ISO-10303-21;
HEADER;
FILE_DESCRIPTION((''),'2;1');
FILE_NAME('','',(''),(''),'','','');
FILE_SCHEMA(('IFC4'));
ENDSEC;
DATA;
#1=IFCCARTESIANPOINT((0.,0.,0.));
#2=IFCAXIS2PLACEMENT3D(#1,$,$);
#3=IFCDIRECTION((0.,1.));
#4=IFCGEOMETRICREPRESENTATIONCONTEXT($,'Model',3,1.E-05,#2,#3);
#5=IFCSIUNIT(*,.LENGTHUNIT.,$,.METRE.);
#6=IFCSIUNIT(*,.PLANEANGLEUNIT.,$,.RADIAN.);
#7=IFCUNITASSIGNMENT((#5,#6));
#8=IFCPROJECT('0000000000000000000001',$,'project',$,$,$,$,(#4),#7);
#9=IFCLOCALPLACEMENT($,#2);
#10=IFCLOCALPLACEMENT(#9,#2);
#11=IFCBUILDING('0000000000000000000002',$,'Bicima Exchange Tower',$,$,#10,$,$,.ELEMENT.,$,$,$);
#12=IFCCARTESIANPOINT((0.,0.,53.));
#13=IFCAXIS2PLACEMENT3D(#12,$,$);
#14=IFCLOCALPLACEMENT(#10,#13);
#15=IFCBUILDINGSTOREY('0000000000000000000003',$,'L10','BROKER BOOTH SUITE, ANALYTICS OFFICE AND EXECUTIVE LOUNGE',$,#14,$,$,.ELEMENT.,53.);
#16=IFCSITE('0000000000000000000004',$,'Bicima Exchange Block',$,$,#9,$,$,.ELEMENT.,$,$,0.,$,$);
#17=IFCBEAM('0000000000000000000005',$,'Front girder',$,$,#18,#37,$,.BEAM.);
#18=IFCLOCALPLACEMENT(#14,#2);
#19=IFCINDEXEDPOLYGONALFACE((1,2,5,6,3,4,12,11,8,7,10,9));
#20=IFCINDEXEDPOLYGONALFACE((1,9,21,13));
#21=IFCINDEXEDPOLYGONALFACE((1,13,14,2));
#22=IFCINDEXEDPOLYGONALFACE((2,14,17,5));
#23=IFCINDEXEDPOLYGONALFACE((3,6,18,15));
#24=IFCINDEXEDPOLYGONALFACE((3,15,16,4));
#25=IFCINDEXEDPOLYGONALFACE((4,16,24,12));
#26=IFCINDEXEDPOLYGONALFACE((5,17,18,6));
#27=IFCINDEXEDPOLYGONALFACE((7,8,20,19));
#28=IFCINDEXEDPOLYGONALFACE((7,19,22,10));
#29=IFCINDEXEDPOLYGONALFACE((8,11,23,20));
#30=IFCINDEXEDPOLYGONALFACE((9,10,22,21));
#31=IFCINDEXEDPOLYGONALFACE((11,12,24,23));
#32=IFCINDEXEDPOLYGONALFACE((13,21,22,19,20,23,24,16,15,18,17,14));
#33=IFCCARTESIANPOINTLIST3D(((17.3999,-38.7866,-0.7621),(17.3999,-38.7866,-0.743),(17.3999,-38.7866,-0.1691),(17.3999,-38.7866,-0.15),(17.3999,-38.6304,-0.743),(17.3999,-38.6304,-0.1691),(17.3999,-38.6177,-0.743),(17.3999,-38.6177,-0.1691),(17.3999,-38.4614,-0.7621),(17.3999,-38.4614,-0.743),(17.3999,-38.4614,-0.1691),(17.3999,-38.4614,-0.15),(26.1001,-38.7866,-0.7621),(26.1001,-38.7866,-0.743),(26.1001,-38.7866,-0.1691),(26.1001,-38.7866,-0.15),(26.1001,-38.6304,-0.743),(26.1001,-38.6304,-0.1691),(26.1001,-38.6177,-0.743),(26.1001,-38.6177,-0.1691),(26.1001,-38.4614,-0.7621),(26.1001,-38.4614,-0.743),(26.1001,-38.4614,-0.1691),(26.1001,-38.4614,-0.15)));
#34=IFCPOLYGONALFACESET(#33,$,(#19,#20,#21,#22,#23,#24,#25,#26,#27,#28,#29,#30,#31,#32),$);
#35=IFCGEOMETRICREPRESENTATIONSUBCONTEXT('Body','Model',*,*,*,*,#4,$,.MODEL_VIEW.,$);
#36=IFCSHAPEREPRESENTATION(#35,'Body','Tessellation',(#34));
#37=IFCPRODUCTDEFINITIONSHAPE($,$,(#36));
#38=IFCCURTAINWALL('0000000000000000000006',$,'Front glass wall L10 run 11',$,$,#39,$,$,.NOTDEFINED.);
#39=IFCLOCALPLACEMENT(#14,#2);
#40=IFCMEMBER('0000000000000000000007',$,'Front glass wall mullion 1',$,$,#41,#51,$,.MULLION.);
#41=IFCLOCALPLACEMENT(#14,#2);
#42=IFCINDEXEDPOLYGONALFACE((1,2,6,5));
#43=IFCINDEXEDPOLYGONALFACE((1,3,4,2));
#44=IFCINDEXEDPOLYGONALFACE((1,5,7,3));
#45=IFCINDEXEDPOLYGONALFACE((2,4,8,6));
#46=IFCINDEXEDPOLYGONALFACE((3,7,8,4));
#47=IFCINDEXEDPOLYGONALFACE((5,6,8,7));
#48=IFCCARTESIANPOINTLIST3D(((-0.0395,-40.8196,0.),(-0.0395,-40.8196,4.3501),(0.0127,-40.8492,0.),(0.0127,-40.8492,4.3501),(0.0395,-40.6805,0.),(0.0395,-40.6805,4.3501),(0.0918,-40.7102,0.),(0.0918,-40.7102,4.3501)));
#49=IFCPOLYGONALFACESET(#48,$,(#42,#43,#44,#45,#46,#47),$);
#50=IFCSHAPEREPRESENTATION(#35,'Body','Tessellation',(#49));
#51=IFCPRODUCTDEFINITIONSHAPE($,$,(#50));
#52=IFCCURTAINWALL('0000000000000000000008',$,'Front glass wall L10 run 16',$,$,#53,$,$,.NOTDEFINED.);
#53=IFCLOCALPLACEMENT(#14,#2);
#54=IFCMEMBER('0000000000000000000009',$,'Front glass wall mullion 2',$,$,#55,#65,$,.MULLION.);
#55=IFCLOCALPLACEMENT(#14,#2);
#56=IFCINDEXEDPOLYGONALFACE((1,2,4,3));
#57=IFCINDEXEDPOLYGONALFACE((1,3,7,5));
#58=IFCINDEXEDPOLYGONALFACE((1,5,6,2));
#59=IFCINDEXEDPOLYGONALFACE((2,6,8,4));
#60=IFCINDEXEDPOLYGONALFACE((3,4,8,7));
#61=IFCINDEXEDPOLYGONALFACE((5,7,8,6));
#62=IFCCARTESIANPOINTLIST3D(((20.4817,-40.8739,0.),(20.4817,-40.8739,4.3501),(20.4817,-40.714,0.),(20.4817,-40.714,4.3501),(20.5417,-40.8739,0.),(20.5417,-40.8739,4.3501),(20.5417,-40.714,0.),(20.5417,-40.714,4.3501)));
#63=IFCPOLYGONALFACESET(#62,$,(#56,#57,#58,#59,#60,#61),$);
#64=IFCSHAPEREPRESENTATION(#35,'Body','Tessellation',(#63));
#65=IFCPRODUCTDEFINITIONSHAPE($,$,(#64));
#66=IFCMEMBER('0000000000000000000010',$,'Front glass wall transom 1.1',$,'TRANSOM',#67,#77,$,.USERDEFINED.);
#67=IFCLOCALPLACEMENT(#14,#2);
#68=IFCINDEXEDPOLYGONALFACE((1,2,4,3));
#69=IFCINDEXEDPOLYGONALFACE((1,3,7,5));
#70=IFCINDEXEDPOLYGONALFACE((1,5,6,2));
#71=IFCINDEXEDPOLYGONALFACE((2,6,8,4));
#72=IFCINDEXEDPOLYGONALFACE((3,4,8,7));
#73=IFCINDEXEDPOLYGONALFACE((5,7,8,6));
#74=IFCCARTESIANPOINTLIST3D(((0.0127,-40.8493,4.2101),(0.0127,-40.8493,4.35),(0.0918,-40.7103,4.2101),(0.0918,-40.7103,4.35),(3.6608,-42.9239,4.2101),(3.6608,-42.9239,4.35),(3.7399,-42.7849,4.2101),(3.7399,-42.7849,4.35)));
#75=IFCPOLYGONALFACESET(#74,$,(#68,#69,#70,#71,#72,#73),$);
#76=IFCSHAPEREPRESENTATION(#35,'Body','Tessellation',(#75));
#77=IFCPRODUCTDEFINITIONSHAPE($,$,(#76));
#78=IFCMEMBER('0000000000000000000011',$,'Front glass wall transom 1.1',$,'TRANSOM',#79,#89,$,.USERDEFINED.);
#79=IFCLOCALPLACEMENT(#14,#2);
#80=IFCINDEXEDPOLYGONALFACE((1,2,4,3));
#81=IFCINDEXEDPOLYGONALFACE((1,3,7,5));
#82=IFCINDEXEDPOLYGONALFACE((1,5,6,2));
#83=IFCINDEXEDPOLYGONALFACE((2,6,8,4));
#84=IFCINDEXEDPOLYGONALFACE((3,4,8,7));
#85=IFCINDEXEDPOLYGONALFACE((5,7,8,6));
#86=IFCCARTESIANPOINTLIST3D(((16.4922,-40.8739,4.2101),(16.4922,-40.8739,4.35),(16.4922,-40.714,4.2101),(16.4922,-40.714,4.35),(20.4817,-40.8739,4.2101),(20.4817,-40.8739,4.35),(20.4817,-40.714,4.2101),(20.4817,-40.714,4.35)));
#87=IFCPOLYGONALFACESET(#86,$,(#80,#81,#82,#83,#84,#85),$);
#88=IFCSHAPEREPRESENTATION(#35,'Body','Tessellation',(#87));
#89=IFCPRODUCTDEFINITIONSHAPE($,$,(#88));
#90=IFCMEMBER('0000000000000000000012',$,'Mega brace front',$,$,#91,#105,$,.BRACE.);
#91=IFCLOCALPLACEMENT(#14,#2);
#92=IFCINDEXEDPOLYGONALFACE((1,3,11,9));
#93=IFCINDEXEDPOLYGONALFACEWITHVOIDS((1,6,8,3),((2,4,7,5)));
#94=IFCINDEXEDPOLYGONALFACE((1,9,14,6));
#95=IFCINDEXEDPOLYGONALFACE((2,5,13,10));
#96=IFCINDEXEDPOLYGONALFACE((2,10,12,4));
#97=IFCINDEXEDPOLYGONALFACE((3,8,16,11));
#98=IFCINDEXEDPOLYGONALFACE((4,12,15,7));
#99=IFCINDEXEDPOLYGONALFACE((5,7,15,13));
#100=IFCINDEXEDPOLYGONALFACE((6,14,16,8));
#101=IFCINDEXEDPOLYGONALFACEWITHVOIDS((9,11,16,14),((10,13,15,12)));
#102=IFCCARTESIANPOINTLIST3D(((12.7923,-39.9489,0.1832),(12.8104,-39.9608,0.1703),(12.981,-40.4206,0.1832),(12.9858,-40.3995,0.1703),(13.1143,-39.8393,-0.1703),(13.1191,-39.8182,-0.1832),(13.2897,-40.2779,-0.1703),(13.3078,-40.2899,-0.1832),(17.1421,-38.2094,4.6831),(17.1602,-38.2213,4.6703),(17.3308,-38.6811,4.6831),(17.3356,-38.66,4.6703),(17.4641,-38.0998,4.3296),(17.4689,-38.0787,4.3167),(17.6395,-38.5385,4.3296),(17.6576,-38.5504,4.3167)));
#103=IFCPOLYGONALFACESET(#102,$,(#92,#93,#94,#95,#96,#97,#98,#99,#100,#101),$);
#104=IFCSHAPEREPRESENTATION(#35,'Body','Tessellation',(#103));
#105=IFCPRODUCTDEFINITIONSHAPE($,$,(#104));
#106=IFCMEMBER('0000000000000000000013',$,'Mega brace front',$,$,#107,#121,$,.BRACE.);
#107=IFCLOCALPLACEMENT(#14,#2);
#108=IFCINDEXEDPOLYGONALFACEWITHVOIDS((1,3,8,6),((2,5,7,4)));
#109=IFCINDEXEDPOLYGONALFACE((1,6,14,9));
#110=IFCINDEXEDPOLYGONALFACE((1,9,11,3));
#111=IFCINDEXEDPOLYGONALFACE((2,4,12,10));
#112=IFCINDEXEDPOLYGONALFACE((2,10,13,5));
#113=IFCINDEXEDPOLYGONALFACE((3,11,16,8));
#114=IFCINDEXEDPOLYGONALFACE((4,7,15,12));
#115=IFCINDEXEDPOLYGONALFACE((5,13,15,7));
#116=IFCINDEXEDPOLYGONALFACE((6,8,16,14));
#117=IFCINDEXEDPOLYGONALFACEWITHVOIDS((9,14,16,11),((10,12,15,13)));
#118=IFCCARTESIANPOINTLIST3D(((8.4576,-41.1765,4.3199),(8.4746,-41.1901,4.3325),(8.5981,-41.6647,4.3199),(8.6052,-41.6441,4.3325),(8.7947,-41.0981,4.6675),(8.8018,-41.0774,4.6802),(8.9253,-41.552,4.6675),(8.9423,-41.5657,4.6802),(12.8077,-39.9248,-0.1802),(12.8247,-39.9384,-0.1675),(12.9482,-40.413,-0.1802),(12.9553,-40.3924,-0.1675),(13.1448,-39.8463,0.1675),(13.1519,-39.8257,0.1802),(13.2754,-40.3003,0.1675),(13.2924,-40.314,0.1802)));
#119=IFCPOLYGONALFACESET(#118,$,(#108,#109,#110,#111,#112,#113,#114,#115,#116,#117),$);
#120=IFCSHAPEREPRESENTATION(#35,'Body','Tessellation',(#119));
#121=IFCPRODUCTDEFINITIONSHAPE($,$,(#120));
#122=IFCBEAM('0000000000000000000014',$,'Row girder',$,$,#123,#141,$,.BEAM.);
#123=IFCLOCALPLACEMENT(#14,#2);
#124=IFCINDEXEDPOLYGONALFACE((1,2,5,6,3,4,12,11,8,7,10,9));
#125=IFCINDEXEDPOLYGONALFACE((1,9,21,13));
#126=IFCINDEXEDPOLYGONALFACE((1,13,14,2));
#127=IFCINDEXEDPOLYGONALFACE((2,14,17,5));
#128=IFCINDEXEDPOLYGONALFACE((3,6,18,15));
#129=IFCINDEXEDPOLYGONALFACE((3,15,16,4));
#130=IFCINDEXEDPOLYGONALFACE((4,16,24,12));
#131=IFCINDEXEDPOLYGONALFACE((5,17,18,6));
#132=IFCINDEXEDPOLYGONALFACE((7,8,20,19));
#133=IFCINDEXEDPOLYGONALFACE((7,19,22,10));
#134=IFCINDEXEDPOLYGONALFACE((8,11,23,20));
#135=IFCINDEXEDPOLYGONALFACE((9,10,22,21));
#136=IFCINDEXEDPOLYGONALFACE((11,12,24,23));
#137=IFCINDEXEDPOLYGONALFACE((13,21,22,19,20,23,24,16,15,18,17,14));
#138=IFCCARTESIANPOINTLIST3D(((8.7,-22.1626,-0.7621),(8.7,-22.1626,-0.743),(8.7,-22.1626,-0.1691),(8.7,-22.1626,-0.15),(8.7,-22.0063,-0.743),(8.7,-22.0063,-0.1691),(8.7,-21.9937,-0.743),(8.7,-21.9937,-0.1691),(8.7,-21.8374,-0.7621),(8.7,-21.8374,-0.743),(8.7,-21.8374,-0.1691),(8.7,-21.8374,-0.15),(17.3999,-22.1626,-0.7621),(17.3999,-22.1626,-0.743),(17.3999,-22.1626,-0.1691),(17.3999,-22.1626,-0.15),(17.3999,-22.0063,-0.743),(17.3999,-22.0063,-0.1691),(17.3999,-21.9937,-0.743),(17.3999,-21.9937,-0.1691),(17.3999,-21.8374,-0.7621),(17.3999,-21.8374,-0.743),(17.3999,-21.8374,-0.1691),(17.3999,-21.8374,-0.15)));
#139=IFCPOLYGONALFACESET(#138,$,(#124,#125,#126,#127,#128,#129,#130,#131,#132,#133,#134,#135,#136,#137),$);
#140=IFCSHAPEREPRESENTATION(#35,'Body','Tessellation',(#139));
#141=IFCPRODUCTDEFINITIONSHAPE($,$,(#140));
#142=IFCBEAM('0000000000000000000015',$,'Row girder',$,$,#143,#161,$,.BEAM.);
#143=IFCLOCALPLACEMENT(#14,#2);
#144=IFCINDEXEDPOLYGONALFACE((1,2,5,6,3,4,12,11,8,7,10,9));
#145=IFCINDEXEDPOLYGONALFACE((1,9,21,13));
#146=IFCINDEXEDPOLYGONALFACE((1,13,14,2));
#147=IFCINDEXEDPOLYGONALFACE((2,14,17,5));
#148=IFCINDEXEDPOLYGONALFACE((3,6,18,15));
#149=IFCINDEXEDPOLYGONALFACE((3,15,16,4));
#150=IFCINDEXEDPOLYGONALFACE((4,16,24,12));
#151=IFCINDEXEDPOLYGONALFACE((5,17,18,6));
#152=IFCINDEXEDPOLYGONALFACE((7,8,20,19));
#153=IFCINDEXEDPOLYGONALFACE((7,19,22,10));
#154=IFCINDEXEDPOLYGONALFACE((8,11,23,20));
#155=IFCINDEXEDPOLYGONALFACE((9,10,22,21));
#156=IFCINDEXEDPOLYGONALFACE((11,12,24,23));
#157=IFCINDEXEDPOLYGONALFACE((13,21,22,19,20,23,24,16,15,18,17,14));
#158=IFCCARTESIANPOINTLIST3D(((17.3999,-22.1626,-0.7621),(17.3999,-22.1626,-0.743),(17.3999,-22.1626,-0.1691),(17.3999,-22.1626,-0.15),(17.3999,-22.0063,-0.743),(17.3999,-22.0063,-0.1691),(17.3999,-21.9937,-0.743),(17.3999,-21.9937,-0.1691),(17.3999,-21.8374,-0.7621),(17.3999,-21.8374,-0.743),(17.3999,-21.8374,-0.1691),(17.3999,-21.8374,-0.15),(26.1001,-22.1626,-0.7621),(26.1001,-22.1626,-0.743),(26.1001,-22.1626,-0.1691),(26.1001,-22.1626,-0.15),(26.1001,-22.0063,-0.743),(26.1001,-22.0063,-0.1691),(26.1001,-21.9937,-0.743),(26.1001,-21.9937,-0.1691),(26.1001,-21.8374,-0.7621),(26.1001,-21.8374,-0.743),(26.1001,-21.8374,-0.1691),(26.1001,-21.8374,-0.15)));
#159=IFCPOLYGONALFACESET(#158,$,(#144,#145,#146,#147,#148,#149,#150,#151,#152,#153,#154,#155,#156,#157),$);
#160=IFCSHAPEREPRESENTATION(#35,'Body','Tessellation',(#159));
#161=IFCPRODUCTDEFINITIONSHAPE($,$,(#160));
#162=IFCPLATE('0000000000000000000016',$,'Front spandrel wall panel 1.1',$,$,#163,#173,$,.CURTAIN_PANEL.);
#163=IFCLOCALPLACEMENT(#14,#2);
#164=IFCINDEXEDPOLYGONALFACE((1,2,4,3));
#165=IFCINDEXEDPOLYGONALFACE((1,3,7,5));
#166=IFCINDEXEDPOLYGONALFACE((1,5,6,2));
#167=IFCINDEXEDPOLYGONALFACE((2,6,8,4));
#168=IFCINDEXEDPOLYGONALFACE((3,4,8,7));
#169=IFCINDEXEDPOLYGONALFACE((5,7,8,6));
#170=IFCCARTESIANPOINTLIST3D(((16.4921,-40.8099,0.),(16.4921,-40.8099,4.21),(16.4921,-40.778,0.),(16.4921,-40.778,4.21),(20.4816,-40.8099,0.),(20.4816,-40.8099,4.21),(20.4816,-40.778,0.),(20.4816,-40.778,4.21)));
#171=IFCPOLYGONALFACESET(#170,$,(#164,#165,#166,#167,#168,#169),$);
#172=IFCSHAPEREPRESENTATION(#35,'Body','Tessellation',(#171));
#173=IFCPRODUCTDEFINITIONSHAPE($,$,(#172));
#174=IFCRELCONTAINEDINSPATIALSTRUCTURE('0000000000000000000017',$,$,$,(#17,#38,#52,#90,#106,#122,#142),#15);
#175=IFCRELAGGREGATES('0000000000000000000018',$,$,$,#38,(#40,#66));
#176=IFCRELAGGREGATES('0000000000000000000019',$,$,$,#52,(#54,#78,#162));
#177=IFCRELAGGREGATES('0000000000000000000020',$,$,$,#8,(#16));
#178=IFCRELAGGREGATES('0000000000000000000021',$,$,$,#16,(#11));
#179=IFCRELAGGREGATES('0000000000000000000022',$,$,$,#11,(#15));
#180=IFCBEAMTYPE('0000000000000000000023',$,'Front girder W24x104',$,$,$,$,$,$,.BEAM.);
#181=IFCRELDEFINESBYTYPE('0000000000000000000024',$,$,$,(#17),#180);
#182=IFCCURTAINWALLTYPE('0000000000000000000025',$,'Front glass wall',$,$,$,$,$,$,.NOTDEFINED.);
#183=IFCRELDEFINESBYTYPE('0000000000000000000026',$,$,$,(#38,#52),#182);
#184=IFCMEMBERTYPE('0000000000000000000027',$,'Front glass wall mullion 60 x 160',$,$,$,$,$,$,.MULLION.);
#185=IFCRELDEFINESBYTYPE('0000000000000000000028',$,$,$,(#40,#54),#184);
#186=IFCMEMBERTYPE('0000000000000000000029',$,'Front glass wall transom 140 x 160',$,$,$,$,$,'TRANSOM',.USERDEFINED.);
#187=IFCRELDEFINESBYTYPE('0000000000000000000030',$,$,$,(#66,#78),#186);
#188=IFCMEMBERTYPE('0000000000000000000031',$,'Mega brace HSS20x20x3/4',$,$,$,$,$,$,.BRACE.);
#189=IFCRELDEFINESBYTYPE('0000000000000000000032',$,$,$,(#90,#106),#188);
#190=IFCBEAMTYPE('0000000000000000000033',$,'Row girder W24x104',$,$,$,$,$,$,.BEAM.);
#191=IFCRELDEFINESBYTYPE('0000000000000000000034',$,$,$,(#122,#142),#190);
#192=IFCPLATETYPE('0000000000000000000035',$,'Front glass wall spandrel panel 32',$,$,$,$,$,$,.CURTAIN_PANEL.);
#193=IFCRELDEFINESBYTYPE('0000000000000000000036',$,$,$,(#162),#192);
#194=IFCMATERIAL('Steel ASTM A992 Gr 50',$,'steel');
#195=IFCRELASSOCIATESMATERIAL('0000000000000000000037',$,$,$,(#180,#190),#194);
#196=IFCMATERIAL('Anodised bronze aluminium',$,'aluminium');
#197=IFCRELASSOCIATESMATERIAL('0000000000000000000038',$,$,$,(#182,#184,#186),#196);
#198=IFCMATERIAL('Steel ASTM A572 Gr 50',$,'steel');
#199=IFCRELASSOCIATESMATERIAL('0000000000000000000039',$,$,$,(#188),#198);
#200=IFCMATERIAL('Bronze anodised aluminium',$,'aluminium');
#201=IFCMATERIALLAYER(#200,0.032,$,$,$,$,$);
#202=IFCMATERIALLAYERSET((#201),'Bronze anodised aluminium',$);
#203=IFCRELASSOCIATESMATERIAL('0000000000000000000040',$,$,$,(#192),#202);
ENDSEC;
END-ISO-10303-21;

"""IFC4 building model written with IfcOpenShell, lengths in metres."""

from ifc_helpers import new_model, si_unit, direction, frame, origin, origin_2d, place, context, subcontext, project, spatial, rectangle, hollow_rectangle, i_section, extrude, material, layer, layer_set, material_profile, profile_set, type_object, element, aggregate, save


model = new_model("IFC4")

# Units and contexts
model_context = context("Model", 3, precision=1e-05, world=origin(), true_north=direction((0.0, 1.0)))
body_context = subcontext(model_context, "Body", "Model", "MODEL_VIEW")
ifc_project = project(units=[si_unit("LENGTHUNIT", "METRE"), si_unit("PLANEANGLEUNIT", "RADIAN")], contexts=[model_context])

# Site, building, storey
site_placement = place(None, origin())
site = spatial("IfcSite", under=ifc_project, at=site_placement, Name="Bicima Exchange Block", CompositionType="ELEMENT", RefElevation=0.0)
building_placement = place(site_placement, origin())
building = spatial("IfcBuilding", under=site, at=building_placement, Name="Bicima Exchange Tower", CompositionType="ELEMENT")
storey_placement = place(building_placement, frame((0.0, 0.0, 53.0)))
storey = spatial("IfcBuildingStorey", under=building, at=storey_placement, Name="L10", Description="BROKER BOOTH SUITE, ANALYTICS OFFICE AND EXECUTIVE LOUNGE", CompositionType="ELEMENT", Elevation=53.0)

# Shared definitions
ifc_material_1 = material(Name="Steel ASTM A992 Gr 50", Category="steel")

# Beam
ifc_material_profile_1 = material_profile(ifc_material_1, i_section(OverallWidth=0.3252, OverallDepth=0.6121, WebThickness=0.0127, FlangeThickness=0.019, at=origin_2d()))
ifc_profile_set_1 = profile_set([ifc_material_profile_1], Name="Steel ASTM A992 Gr 50")
beam_type_1 = type_object("IfcBeamType", Name="Front girder W24x104", PredefinedType="BEAM", material=ifc_profile_set_1)
beam_1_placement = place(storey_placement, frame((17.3999, -38.624, -0.4561), z_axis=(1.0, 0.0, 0.0), x_axis=(0.0, 1.0, 0.0)))
element("IfcBeam", 1, at=beam_1_placement, inside=storey, type_object=beam_type_1, Name="Front girder", PredefinedType="BEAM", context=body_context, shape_type="SweptSolid", body=[
    extrude(i_section(OverallWidth=0.3252, OverallDepth=0.6121, WebThickness=0.0127, FlangeThickness=0.019, at=origin_2d()), origin(), (0.0, 0.0, 1.0), 8.7002),
])

# Curtain walls, members
ifc_material_2 = material(Name="Anodised bronze aluminium", Category="aluminium")
curtain_wall_type = type_object("IfcCurtainWallType", Name="Front glass wall", PredefinedType="NOTDEFINED", material=ifc_material_2)
curtain_wall_1_placement = place(storey_placement, origin())
curtain_wall_1 = element("IfcCurtainWall", 2, at=curtain_wall_1_placement, inside=storey, type_object=curtain_wall_type, Name="Front glass wall L10 run 11", PredefinedType="NOTDEFINED")
ifc_material_profile_2 = material_profile(ifc_material_2, rectangle(XDim=0.1599, YDim=0.0601, at=origin_2d()))
ifc_profile_set_2 = profile_set([ifc_material_profile_2], Name="Anodised bronze aluminium")
member_type_1 = type_object("IfcMemberType", Name="Front glass wall mullion 60 x 160", PredefinedType="MULLION", material=ifc_profile_set_2)
member_1_placement = place(storey_placement, frame((0.0261, -40.7649, 0.0), z_axis=(0.0, 0.0, 1.0), x_axis=(0.49433, 0.869274, 0.0)))
member_1 = element("IfcMember", 3, at=member_1_placement, type_object=member_type_1, Name="Front glass wall mullion 1", PredefinedType="MULLION", context=body_context, shape_type="SweptSolid", body=[
    extrude(rectangle(XDim=0.1599, YDim=0.0601, at=origin_2d()), origin(), (0.0, 0.0, 1.0), 4.3501),
])
curtain_wall_2_placement = place(storey_placement, origin())
curtain_wall_2 = element("IfcCurtainWall", 4, at=curtain_wall_2_placement, inside=storey, type_object=curtain_wall_type, Name="Front glass wall L10 run 16", PredefinedType="NOTDEFINED")
member_2_placement = place(storey_placement, frame((20.5117, -40.7939, 0.0), z_axis=(0.0, 0.0, 1.0), x_axis=(0.0, 1.0, 0.0)))
member_2 = element("IfcMember", 5, at=member_2_placement, type_object=member_type_1, Name="Front glass wall mullion 2", PredefinedType="MULLION", context=body_context, shape_type="SweptSolid", body=[
    extrude(rectangle(XDim=0.1599, YDim=0.0601, at=origin_2d()), origin(), (0.0, 0.0, 1.0), 4.3501),
])

# Members
ifc_material_profile_3 = material_profile(ifc_material_2, rectangle(XDim=0.1599, YDim=0.1399, at=origin_2d()))
ifc_profile_set_3 = profile_set([ifc_material_profile_3], Name="Anodised bronze aluminium")
member_type_2 = type_object("IfcMemberType", Name="Front glass wall transom 140 x 160", ElementType="TRANSOM", PredefinedType="USERDEFINED", material=ifc_profile_set_3)
member_3_placement = place(storey_placement, frame((0.0522, -40.7798, 4.28), z_axis=(0.869265, -0.494346, 0.0), x_axis=(0.494346, 0.869265, 0.0)))
member_3 = element("IfcMember", 6, at=member_3_placement, type_object=member_type_2, Name="Front glass wall transom 1.1", ObjectType="TRANSOM", PredefinedType="USERDEFINED", context=body_context, shape_type="SweptSolid", body=[
    extrude(rectangle(XDim=0.1599, YDim=0.1399, at=origin_2d()), origin(), (0.0, 0.0, 1.0), 4.1968),
])
aggregate(curtain_wall_1, [member_1, member_3])
member_4_placement = place(storey_placement, frame((16.4922, -40.7939, 4.28), z_axis=(1.0, 0.0, 0.0), x_axis=(0.0, 1.0, 0.0)))
member_4 = element("IfcMember", 7, at=member_4_placement, type_object=member_type_2, Name="Front glass wall transom 1.1", ObjectType="TRANSOM", PredefinedType="USERDEFINED", context=body_context, shape_type="SweptSolid", body=[
    extrude(rectangle(XDim=0.1599, YDim=0.1399, at=origin_2d()), origin(), (0.0, 0.0, 1.0), 3.9895),
])

# Members
ifc_material_3 = material(Name="Steel ASTM A572 Gr 50", Category="steel")
ifc_material_profile_4 = material_profile(ifc_material_3, hollow_rectangle(XDim=0.5081, YDim=0.5081, WallThickness=0.0178, at=origin_2d()))
ifc_profile_set_4 = profile_set([ifc_material_profile_4], Name="Steel ASTM A572 Gr 50")
member_type_3 = type_object("IfcMemberType", Name="Mega brace HSS20x20x3/4", PredefinedType="BRACE", material=ifc_profile_set_4)
member_5_placement = place(storey_placement, frame((13.05, -40.1194, 0.0), z_axis=(0.669628, 0.267783, 0.692742), x_axis=(-0.37131, 0.928509, 0.0)))
element("IfcMember", 8, at=member_5_placement, inside=storey, type_object=member_type_3, Name="Mega brace front", PredefinedType="BRACE", context=body_context, shape_type="SweptSolid", body=[
    extrude(hollow_rectangle(XDim=0.5081, YDim=0.5081, WallThickness=0.0178, at=origin_2d()), origin(), (0.0, 0.0, 1.0), 6.4958),
])
member_6_placement = place(storey_placement, frame((13.05, -40.1194, 0.0), z_axis=(-0.681534, -0.196107, 0.70502), x_axis=(0.276523, -0.961007, 0.0)))
element("IfcMember", 9, at=member_6_placement, inside=storey, type_object=member_type_3, Name="Mega brace front", PredefinedType="BRACE", context=body_context, shape_type="SweptSolid", body=[
    extrude(hollow_rectangle(XDim=0.5081, YDim=0.5081, WallThickness=0.0178, at=origin_2d()), origin(), (0.0, 0.0, 1.0), 6.3828),
])

# Beams
beam_type_2 = type_object("IfcBeamType", Name="Row girder W24x104", PredefinedType="BEAM", material=ifc_profile_set_1)
beam_2_placement = place(storey_placement, frame((8.7, -22.0, -0.4561), z_axis=(1.0, 0.0, 0.0), x_axis=(0.0, 1.0, 0.0)))
element("IfcBeam", 10, at=beam_2_placement, inside=storey, type_object=beam_type_2, Name="Row girder", PredefinedType="BEAM", context=body_context, shape_type="SweptSolid", body=[
    extrude(i_section(OverallWidth=0.3252, OverallDepth=0.6121, WebThickness=0.0127, FlangeThickness=0.019, at=origin_2d()), origin(), (0.0, 0.0, 1.0), 8.7),
])
beam_3_placement = place(storey_placement, frame((17.3999, -22.0, -0.4561), z_axis=(1.0, 0.0, 0.0), x_axis=(0.0, 1.0, 0.0)))
element("IfcBeam", 11, at=beam_3_placement, inside=storey, type_object=beam_type_2, Name="Row girder", PredefinedType="BEAM", context=body_context, shape_type="SweptSolid", body=[
    extrude(i_section(OverallWidth=0.3252, OverallDepth=0.6121, WebThickness=0.0127, FlangeThickness=0.019, at=origin_2d()), origin(), (0.0, 0.0, 1.0), 8.7002),
])

# Plate
ifc_material_4 = material(Name="Bronze anodised aluminium", Category="aluminium")
ifc_layer_1 = layer(ifc_material_4, 0.032)
ifc_layer_set_1 = layer_set([ifc_layer_1], Name="Bronze anodised aluminium")
plate_type = type_object("IfcPlateType", Name="Front glass wall spandrel panel 32", PredefinedType="CURTAIN_PANEL", material=ifc_layer_set_1)
plate_placement = place(storey_placement, frame((18.4868, -40.7939, 0.0), z_axis=(0.0, 0.0, 1.0), x_axis=(1.0, 0.0, 0.0)))
plate = element("IfcPlate", 12, at=plate_placement, type_object=plate_type, Name="Front spandrel wall panel 1.1", PredefinedType="CURTAIN_PANEL", context=body_context, shape_type="SweptSolid", body=[
    extrude(rectangle(XDim=3.9895, YDim=0.032, at=origin_2d()), origin(), (0.0, 0.0, 1.0), 4.21),
])
aggregate(curtain_wall_2, [member_2, member_4, plate])

save(model, "model.ifc")
